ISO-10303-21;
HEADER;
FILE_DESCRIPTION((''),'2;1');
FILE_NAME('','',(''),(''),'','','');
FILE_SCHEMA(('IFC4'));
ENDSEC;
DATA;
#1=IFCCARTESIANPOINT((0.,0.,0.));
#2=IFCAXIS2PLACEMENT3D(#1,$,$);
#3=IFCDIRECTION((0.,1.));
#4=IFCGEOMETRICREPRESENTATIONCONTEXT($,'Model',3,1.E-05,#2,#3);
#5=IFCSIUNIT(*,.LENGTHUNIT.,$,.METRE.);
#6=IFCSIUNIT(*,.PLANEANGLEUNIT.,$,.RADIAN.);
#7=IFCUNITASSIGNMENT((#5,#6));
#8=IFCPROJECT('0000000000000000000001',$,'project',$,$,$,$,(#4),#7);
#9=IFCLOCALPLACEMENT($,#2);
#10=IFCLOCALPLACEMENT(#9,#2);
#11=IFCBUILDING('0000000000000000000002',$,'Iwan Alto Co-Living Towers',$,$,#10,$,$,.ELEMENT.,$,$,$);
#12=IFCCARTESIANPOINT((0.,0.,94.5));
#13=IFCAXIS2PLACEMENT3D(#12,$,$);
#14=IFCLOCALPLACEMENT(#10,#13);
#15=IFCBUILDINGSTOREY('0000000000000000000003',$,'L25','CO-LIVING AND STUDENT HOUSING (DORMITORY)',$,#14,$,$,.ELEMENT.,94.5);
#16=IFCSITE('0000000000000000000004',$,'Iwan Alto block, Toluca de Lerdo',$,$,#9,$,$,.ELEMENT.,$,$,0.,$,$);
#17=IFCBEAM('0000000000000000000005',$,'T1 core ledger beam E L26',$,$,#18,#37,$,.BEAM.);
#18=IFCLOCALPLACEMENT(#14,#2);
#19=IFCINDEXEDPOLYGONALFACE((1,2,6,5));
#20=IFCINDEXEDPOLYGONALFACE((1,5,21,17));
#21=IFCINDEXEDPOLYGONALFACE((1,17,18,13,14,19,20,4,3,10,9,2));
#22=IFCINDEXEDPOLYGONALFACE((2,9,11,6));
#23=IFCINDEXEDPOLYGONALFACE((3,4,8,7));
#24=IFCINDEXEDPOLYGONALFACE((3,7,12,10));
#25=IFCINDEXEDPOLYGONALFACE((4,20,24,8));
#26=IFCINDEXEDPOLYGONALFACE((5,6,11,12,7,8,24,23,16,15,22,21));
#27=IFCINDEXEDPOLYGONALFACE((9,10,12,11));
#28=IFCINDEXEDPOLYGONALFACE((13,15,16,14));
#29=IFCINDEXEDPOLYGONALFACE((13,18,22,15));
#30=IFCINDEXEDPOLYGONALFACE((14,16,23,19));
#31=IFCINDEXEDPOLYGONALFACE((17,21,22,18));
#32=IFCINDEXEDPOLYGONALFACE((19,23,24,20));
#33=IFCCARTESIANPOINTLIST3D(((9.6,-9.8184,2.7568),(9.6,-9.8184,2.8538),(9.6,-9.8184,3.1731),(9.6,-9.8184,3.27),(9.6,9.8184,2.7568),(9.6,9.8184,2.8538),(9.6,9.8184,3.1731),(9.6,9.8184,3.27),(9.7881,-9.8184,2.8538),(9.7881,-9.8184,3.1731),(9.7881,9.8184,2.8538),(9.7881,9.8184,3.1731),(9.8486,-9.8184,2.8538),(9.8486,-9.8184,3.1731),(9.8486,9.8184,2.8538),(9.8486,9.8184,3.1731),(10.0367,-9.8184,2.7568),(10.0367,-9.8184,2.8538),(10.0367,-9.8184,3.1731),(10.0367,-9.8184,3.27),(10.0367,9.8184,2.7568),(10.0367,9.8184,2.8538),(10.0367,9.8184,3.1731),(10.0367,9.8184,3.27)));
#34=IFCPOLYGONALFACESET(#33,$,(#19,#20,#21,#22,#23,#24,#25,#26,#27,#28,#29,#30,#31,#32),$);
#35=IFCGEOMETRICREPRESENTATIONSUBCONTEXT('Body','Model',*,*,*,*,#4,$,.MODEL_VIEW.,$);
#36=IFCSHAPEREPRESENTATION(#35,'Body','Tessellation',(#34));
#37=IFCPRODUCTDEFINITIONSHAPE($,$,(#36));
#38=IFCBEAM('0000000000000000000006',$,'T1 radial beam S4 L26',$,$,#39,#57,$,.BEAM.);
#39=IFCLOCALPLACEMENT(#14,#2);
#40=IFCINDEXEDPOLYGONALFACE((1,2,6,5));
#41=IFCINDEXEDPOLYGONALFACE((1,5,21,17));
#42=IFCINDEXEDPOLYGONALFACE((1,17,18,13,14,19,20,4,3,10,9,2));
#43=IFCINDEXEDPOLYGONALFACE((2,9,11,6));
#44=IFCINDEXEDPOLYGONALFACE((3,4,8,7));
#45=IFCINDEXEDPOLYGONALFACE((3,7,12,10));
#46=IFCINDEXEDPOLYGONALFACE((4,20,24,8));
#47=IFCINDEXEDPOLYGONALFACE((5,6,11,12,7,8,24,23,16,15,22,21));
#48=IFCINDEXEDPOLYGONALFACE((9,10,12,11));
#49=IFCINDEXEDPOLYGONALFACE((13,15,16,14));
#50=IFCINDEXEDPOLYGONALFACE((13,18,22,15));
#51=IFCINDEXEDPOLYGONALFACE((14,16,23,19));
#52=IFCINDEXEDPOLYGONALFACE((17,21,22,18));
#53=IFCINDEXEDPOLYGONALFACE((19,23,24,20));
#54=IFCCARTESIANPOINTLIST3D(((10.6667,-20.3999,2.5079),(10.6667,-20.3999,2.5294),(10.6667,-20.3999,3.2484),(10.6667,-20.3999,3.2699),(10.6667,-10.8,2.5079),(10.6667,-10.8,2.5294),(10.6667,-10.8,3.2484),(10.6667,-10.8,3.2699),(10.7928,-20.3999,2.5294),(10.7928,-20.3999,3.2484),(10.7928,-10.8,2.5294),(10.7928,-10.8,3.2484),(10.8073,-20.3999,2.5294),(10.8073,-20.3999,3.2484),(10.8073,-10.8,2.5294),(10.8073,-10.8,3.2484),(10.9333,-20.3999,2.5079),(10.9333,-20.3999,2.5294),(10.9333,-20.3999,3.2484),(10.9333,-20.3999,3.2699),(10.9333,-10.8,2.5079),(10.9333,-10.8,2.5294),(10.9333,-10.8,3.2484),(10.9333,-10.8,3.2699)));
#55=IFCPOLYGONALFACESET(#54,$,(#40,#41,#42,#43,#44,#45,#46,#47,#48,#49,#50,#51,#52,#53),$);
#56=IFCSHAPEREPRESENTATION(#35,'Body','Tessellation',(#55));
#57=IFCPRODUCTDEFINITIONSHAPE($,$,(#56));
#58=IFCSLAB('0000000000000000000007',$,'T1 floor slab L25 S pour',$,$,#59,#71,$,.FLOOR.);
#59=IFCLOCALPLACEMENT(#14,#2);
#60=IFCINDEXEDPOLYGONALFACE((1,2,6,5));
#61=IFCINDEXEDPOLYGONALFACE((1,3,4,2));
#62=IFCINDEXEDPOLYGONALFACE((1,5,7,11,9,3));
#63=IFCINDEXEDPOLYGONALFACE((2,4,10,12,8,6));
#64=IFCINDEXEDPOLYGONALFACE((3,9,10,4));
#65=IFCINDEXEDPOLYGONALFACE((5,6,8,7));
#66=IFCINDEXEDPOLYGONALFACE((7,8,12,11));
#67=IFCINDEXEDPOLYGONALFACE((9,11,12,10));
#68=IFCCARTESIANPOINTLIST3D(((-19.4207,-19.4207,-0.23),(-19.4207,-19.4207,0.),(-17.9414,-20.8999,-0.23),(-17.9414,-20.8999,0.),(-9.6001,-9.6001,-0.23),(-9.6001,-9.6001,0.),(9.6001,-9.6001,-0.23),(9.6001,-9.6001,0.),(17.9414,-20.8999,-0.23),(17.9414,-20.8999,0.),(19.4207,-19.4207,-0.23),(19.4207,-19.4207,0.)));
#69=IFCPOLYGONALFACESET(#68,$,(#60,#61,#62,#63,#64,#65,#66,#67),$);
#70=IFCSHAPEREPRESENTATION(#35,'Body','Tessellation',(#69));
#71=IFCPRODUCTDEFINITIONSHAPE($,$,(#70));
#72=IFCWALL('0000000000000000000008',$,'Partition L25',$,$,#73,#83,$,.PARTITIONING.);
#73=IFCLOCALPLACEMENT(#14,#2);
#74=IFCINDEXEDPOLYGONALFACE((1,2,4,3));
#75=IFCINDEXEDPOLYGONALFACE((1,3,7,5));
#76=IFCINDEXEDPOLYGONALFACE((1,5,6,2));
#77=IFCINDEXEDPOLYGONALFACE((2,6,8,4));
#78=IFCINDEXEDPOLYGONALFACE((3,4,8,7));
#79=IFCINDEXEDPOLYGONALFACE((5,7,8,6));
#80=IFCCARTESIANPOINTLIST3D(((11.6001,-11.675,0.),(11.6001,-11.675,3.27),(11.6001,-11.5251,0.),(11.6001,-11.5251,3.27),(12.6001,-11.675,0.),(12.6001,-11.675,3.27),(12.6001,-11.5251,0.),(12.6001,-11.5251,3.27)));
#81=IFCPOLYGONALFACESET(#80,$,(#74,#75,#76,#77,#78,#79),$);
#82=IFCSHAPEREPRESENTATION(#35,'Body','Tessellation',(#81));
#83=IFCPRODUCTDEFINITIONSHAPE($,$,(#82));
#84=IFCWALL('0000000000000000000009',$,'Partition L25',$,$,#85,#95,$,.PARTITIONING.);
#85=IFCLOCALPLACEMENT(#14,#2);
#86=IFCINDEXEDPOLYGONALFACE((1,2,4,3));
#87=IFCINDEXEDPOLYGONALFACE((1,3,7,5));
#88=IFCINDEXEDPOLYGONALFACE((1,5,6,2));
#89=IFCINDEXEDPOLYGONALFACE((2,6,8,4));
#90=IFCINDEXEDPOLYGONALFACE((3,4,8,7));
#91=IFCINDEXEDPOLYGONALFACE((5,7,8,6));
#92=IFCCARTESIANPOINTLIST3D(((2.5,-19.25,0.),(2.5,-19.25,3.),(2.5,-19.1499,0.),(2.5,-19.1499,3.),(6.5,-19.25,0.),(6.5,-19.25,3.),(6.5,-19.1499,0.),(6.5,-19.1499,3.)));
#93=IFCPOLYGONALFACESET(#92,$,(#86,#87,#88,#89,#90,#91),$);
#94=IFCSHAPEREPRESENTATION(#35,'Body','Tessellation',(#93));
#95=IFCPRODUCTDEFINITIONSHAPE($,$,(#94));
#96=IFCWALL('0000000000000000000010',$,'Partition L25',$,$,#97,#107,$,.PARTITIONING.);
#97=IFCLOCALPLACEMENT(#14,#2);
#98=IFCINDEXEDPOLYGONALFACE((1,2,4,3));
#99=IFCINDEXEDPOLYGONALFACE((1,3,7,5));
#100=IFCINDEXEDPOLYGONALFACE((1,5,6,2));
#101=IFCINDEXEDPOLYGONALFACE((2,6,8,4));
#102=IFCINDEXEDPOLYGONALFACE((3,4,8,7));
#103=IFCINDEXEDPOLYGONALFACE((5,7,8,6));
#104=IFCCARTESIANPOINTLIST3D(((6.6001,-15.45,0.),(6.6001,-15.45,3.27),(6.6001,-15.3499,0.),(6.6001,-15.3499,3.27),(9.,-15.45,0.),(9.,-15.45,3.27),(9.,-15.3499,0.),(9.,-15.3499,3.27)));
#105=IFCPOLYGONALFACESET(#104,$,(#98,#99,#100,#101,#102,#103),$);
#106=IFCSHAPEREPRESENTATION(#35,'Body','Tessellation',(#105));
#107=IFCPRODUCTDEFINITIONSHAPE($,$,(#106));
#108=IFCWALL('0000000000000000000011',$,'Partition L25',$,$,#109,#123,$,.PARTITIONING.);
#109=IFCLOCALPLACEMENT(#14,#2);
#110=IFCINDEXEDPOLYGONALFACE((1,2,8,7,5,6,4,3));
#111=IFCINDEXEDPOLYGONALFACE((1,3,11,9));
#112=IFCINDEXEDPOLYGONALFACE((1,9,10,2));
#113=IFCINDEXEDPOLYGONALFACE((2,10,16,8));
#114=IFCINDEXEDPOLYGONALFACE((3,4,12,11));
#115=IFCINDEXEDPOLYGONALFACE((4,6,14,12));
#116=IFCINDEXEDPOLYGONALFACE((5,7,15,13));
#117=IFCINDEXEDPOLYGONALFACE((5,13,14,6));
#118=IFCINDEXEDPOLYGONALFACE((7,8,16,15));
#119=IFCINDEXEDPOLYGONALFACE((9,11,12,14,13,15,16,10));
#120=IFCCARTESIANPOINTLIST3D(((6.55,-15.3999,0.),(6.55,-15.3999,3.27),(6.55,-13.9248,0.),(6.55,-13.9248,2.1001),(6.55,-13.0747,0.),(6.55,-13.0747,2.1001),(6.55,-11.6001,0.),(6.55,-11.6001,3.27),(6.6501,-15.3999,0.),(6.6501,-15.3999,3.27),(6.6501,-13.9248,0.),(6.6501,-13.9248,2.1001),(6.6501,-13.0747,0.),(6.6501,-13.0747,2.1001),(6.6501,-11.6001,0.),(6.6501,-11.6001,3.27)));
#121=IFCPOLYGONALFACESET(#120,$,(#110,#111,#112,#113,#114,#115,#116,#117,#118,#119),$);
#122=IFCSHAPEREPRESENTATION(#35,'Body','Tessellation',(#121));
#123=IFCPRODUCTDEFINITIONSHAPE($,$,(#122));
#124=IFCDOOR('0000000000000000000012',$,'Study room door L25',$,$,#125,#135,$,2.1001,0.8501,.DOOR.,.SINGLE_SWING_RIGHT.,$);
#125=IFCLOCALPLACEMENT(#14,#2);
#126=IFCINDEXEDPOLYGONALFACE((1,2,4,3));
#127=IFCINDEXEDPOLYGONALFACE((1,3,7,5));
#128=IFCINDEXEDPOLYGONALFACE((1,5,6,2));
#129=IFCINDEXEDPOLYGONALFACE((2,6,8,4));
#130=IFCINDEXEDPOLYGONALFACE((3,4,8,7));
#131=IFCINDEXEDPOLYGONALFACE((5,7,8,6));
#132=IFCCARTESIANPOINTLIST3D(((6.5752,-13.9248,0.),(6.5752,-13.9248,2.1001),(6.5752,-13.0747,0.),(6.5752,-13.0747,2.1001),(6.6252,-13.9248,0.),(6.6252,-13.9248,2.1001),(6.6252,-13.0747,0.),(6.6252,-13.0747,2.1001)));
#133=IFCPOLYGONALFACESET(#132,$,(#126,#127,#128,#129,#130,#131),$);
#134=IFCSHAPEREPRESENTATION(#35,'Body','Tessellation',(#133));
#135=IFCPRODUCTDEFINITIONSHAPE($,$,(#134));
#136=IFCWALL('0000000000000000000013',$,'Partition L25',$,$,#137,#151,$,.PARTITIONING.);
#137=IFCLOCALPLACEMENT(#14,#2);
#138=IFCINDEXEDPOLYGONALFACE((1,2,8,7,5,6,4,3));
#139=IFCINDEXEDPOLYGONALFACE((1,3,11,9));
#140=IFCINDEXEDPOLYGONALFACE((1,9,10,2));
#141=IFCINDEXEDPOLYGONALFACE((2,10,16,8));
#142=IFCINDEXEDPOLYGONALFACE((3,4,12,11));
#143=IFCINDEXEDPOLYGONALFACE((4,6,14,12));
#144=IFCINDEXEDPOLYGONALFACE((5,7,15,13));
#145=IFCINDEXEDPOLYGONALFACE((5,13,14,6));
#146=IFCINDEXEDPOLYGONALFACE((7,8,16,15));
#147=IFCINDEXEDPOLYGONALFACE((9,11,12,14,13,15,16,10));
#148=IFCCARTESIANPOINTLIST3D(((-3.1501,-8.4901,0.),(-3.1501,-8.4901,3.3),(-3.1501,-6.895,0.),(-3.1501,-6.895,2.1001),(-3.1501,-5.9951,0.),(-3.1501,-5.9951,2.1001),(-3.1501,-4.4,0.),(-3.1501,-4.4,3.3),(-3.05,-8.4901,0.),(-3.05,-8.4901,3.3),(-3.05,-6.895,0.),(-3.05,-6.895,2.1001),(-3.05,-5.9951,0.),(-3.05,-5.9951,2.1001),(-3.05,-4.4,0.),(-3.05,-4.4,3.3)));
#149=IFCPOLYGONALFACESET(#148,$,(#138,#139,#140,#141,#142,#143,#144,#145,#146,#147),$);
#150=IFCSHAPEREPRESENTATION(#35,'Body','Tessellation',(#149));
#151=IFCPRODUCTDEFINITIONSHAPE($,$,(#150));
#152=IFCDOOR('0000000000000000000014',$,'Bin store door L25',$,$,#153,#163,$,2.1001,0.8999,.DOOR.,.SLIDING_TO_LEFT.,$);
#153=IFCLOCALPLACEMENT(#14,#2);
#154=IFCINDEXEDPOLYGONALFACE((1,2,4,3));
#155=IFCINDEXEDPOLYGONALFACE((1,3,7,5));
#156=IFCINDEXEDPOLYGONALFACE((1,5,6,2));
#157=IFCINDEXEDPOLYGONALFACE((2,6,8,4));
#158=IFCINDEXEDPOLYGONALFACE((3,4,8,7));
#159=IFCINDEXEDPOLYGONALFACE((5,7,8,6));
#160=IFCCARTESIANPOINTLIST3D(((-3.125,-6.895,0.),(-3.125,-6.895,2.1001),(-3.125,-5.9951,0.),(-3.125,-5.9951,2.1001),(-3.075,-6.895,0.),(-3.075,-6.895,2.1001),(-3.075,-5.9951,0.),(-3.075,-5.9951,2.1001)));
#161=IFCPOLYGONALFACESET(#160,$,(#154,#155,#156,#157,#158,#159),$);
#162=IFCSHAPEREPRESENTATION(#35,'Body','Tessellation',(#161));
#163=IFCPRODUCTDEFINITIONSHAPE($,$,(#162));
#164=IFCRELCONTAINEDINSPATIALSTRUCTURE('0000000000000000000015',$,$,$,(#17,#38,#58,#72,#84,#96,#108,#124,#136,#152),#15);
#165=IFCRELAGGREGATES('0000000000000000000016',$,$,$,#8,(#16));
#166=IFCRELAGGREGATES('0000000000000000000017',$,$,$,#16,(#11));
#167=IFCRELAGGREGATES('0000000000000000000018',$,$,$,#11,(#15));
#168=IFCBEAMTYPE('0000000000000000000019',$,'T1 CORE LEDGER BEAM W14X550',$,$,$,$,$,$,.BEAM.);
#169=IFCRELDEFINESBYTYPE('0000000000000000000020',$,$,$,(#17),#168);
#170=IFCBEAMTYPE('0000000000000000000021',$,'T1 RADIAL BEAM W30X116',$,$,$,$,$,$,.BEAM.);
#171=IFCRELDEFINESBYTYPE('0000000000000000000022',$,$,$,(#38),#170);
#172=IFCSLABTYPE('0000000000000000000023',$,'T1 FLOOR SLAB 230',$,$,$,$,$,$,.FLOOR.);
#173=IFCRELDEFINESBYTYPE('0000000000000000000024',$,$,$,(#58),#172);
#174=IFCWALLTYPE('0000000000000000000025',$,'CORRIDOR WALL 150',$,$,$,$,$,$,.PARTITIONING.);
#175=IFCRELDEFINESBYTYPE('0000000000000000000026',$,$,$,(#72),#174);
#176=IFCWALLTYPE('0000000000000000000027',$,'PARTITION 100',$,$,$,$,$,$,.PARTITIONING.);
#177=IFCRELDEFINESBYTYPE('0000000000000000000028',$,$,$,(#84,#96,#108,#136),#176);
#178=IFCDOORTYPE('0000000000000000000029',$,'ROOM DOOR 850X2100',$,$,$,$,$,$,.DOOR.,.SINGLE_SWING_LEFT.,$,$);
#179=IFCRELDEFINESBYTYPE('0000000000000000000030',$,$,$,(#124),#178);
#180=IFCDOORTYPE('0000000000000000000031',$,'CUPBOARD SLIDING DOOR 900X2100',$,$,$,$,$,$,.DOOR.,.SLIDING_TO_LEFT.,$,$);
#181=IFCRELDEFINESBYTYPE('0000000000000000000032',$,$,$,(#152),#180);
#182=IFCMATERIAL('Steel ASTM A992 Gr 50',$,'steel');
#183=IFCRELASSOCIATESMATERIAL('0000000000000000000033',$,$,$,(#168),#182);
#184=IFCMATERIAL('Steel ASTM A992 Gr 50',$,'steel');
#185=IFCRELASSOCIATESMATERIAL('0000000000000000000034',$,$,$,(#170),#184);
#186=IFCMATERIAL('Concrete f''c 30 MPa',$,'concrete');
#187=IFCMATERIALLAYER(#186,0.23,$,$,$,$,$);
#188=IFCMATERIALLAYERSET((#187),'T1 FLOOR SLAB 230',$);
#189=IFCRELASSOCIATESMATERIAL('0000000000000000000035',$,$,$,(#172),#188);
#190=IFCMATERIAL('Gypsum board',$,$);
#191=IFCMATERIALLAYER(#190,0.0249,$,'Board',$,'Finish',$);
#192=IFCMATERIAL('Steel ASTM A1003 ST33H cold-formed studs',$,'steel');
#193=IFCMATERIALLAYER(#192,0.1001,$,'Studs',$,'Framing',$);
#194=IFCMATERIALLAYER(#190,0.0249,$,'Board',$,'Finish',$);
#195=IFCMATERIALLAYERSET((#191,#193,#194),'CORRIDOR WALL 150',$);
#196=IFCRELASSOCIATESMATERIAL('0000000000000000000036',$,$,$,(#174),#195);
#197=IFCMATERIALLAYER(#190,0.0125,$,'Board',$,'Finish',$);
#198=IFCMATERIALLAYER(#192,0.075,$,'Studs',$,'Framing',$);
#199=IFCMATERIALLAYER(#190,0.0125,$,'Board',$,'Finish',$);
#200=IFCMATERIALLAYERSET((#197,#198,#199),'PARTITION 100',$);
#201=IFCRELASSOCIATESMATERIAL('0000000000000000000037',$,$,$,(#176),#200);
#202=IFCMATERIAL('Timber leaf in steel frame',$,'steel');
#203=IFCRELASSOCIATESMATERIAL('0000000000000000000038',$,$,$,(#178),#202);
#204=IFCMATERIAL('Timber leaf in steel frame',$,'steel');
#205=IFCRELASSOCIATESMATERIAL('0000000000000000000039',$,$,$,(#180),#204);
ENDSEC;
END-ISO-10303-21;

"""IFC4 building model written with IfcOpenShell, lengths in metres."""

from ifc_helpers import new_model, si_unit, direction, frame, frame_2d, origin, origin_2d, place, context, subcontext, project, spatial, polyline, rectangle, i_section, outline, extrude, material, layer, layer_set, material_profile, profile_set, type_object, element, fill, save


model = new_model("IFC4")

# Units and contexts
model_context = context("Model", 3, precision=1e-05, world=origin(), true_north=direction((0.0, 1.0)))
body_context = subcontext(model_context, "Body", "Model", "MODEL_VIEW")
ifc_project = project(units=[si_unit("LENGTHUNIT", "METRE"), si_unit("PLANEANGLEUNIT", "RADIAN")], contexts=[model_context])

# Site, building, storey
site_placement = place(None, origin())
site = spatial("IfcSite", under=ifc_project, at=site_placement, Name="Iwan Alto block, Toluca de Lerdo", CompositionType="ELEMENT", RefElevation=0.0)
building_placement = place(site_placement, origin())
building = spatial("IfcBuilding", under=site, at=building_placement, Name="Iwan Alto Co-Living Towers", CompositionType="ELEMENT")
storey_placement = place(building_placement, frame((0.0, 0.0, 94.5)))
storey = spatial("IfcBuildingStorey", under=building, at=storey_placement, Name="L25", Description="CO-LIVING AND STUDENT HOUSING (DORMITORY)", CompositionType="ELEMENT", Elevation=94.5)

# Beams
ifc_material_1 = material(Name="Steel ASTM A992 Gr 50", Category="steel")
ifc_material_profile_1 = material_profile(ifc_material_1, i_section(OverallWidth=0.4368, OverallDepth=0.5132, WebThickness=0.0605, FlangeThickness=0.0969, at=origin_2d()), Name="W14X550")
ifc_profile_set_1 = profile_set([ifc_material_profile_1], Name="Steel ASTM A992 Gr 50")
beam_type_1 = type_object("IfcBeamType", Name="T1 CORE LEDGER BEAM W14X550", PredefinedType="BEAM", material=ifc_profile_set_1)
beam_1_placement = place(storey_placement, frame((9.8184, -9.8184, 3.0134), z_axis=(0.0, 1.0, 0.0), x_axis=(-1.0, 0.0, 0.0)))
element("IfcBeam", 1, at=beam_1_placement, inside=storey, type_object=beam_type_1, Name="T1 core ledger beam E L26", PredefinedType="BEAM", context=body_context, shape_type="SweptSolid", body=[
    extrude(i_section(OverallWidth=0.4368, OverallDepth=0.5132, WebThickness=0.0605, FlangeThickness=0.0969, at=origin_2d()), origin(), (0.0, 0.0, 1.0), 19.6367),
])
ifc_material_2 = material(Name="Steel ASTM A992 Gr 50", Category="steel")
ifc_material_profile_2 = material_profile(ifc_material_2, i_section(OverallWidth=0.2666, OverallDepth=0.762, WebThickness=0.0144, FlangeThickness=0.0215, at=origin_2d()), Name="W30X116")
ifc_profile_set_2 = profile_set([ifc_material_profile_2], Name="Steel ASTM A992 Gr 50")
beam_type_2 = type_object("IfcBeamType", Name="T1 RADIAL BEAM W30X116", PredefinedType="BEAM", material=ifc_profile_set_2)
beam_2_placement = place(storey_placement, frame((10.8, -20.3999, 2.8889), z_axis=(0.0, 1.0, 0.0), x_axis=(-1.0, 0.0, 0.0)))
element("IfcBeam", 2, at=beam_2_placement, inside=storey, type_object=beam_type_2, Name="T1 radial beam S4 L26", PredefinedType="BEAM", context=body_context, shape_type="SweptSolid", body=[
    extrude(i_section(OverallWidth=0.2666, OverallDepth=0.762, WebThickness=0.0144, FlangeThickness=0.0215, at=origin_2d()), origin(), (0.0, 0.0, 1.0), 9.5999),
])

# Slab
ifc_material_3 = material(Name="Concrete f'c 30 MPa", Category="concrete")
ifc_layer_1 = layer(ifc_material_3, 0.23)
ifc_layer_set_1 = layer_set([ifc_layer_1], Name="T1 FLOOR SLAB 230")
slab_type = type_object("IfcSlabType", Name="T1 FLOOR SLAB 230", PredefinedType="FLOOR", material=ifc_layer_set_1)
slab_placement = place(storey_placement, frame((0.0, 0.0, -0.23)))
element("IfcSlab", 3, at=slab_placement, inside=storey, type_object=slab_type, Name="T1 floor slab L25 S pour", PredefinedType="FLOOR", context=body_context, shape_type="SweptSolid", body=[
    extrude(outline(polyline([(17.9414, -20.8999), (-17.9414, -20.8999), (-19.4207, -19.4207), (-9.6001, -9.6001), (9.6001, -9.6001), (19.4207, -19.4207), (17.9414, -20.8999)])), origin(), (0.0, 0.0, 1.0), 0.23),
])

# Walls
ifc_material_4 = material(Name="Gypsum board")
ifc_layer_2 = layer(ifc_material_4, 0.0249, Name="Board", Category="Finish")
ifc_material_5 = material(Name="Steel ASTM A1003 ST33H cold-formed studs", Category="steel")
ifc_layer_3 = layer(ifc_material_5, 0.1001, Name="Studs", Category="Framing")
ifc_layer_4 = layer(ifc_material_4, 0.0249, Name="Board", Category="Finish")
ifc_layer_set_2 = layer_set([ifc_layer_2, ifc_layer_3, ifc_layer_4], Name="CORRIDOR WALL 150")
wall_type_1 = type_object("IfcWallType", Name="CORRIDOR WALL 150", PredefinedType="PARTITIONING", material=ifc_layer_set_2)
wall_1_placement = place(storey_placement, frame((11.6001, -11.6001, 0.0), z_axis=(0.0, 0.0, 1.0), x_axis=(1.0, 0.0, 0.0)))
element("IfcWall", 4, at=wall_1_placement, inside=storey, type_object=wall_type_1, Name="Partition L25", PredefinedType="PARTITIONING", context=body_context, shape_type="SweptSolid", body=[
    extrude(rectangle(XDim=1.0, YDim=0.1499, at=frame_2d((0.5, 0.0))), origin(), (0.0, 0.0, 1.0), 3.27),
])
ifc_layer_5 = layer(ifc_material_4, 0.0125, Name="Board", Category="Finish")
ifc_layer_6 = layer(ifc_material_5, 0.075, Name="Studs", Category="Framing")
ifc_layer_7 = layer(ifc_material_4, 0.0125, Name="Board", Category="Finish")
ifc_layer_set_3 = layer_set([ifc_layer_5, ifc_layer_6, ifc_layer_7], Name="PARTITION 100")
wall_type_2 = type_object("IfcWallType", Name="PARTITION 100", PredefinedType="PARTITIONING", material=ifc_layer_set_3)
wall_2_placement = place(storey_placement, frame((2.5, -19.2, 0.0), z_axis=(0.0, 0.0, 1.0), x_axis=(1.0, 0.0, 0.0)))
element("IfcWall", 5, at=wall_2_placement, inside=storey, type_object=wall_type_2, Name="Partition L25", PredefinedType="PARTITIONING", context=body_context, shape_type="SweptSolid", body=[
    extrude(rectangle(XDim=4.0, YDim=0.1001, at=frame_2d((2.0, 0.0))), origin(), (0.0, 0.0, 1.0), 3.0),
])
wall_3_placement = place(storey_placement, frame((6.6001, -15.3999, 0.0), z_axis=(0.0, 0.0, 1.0), x_axis=(1.0, 0.0, 0.0)))
element("IfcWall", 6, at=wall_3_placement, inside=storey, type_object=wall_type_2, Name="Partition L25", PredefinedType="PARTITIONING", context=body_context, shape_type="SweptSolid", body=[
    extrude(rectangle(XDim=2.3999, YDim=0.1001, at=frame_2d((1.2, 0.0))), origin(), (0.0, 0.0, 1.0), 3.27),
])

# Walls, openings, doors
wall_4_placement = place(storey_placement, frame((6.6001, -15.3999, 0.0), z_axis=(0.0, 0.0, 1.0), x_axis=(0.0, 1.0, 0.0)))
wall_4 = element("IfcWall", 7, at=wall_4_placement, inside=storey, type_object=wall_type_2, Name="Partition L25", PredefinedType="PARTITIONING", context=body_context, shape_type="SweptSolid", body=[
    extrude(rectangle(XDim=3.7998, YDim=0.1001, at=frame_2d((1.8999, 0.0))), origin(), (0.0, 0.0, 1.0), 3.27),
])
opening_1_placement = place(wall_4_placement, frame((1.4751, 0.0, 0.0)))
opening_1 = element("IfcOpeningElement", 8, at=opening_1_placement, cuts=wall_4, PredefinedType="OPENING", context=body_context, shape_type="SweptSolid", body=[
    extrude(rectangle(XDim=0.8501, YDim=2.1001, at=frame_2d((0.425, 1.05))), frame((0.0, 0.0601, 0.0), z_axis=(0.0, -1.0, 0.0), x_axis=(1.0, 0.0, 0.0)), (0.0, 0.0, 1.0), 0.1201),
])
ifc_material_6 = material(Name="Timber leaf in steel frame", Category="steel")
door_type_1 = type_object("IfcDoorType", Name="ROOM DOOR 850X2100", OperationType="SINGLE_SWING_LEFT", PredefinedType="DOOR", material=ifc_material_6)
door_1_placement = place(opening_1_placement, origin())
door_1 = element("IfcDoor", 9, at=door_1_placement, inside=storey, type_object=door_type_1, Name="Study room door L25", OperationType="SINGLE_SWING_RIGHT", OverallHeight=2.1001, OverallWidth=0.8501, PredefinedType="DOOR", context=body_context, shape_type="SweptSolid", body=[
    extrude(rectangle(XDim=0.8501, YDim=2.1001, at=frame_2d((0.425, 1.05))), frame((0.0, 0.0249, 0.0), z_axis=(0.0, -1.0, 0.0), x_axis=(1.0, 0.0, 0.0)), (0.0, 0.0, 1.0), 0.05),
])
fill(opening_1, door_1)
wall_5_placement = place(storey_placement, frame((-3.1001, -8.49, 0.0), z_axis=(0.0, 0.0, 1.0), x_axis=(0.0, 1.0, 0.0)))
wall_5 = element("IfcWall", 10, at=wall_5_placement, inside=storey, type_object=wall_type_2, Name="Partition L25", PredefinedType="PARTITIONING", context=body_context, shape_type="SweptSolid", body=[
    extrude(rectangle(XDim=4.0901, YDim=0.1001, at=frame_2d((2.0449, 0.0))), origin(), (0.0, 0.0, 1.0), 3.3),
])
opening_2_placement = place(wall_5_placement, frame((1.595, 0.0, 0.0)))
opening_2 = element("IfcOpeningElement", 11, at=opening_2_placement, cuts=wall_5, PredefinedType="OPENING", context=body_context, shape_type="SweptSolid", body=[
    extrude(rectangle(XDim=0.8999, YDim=2.1001, at=frame_2d((0.45, 1.05))), frame((0.0, 0.0601, 0.0), z_axis=(0.0, -1.0, 0.0), x_axis=(1.0, 0.0, 0.0)), (0.0, 0.0, 1.0), 0.1201),
])
ifc_material_7 = material(Name="Timber leaf in steel frame", Category="steel")
door_type_2 = type_object("IfcDoorType", Name="CUPBOARD SLIDING DOOR 900X2100", OperationType="SLIDING_TO_LEFT", PredefinedType="DOOR", material=ifc_material_7)
door_2_placement = place(opening_2_placement, origin())
door_2 = element("IfcDoor", 12, at=door_2_placement, inside=storey, type_object=door_type_2, Name="Bin store door L25", OperationType="SLIDING_TO_LEFT", OverallHeight=2.1001, OverallWidth=0.8999, PredefinedType="DOOR", context=body_context, shape_type="SweptSolid", body=[
    extrude(rectangle(XDim=0.8999, YDim=2.1001, at=frame_2d((0.45, 1.05))), frame((0.0, 0.0249, 0.0), z_axis=(0.0, -1.0, 0.0), x_axis=(1.0, 0.0, 0.0)), (0.0, 0.0, 1.0), 0.05),
])
fill(opening_2, door_2)

save(model, "model.ifc")
